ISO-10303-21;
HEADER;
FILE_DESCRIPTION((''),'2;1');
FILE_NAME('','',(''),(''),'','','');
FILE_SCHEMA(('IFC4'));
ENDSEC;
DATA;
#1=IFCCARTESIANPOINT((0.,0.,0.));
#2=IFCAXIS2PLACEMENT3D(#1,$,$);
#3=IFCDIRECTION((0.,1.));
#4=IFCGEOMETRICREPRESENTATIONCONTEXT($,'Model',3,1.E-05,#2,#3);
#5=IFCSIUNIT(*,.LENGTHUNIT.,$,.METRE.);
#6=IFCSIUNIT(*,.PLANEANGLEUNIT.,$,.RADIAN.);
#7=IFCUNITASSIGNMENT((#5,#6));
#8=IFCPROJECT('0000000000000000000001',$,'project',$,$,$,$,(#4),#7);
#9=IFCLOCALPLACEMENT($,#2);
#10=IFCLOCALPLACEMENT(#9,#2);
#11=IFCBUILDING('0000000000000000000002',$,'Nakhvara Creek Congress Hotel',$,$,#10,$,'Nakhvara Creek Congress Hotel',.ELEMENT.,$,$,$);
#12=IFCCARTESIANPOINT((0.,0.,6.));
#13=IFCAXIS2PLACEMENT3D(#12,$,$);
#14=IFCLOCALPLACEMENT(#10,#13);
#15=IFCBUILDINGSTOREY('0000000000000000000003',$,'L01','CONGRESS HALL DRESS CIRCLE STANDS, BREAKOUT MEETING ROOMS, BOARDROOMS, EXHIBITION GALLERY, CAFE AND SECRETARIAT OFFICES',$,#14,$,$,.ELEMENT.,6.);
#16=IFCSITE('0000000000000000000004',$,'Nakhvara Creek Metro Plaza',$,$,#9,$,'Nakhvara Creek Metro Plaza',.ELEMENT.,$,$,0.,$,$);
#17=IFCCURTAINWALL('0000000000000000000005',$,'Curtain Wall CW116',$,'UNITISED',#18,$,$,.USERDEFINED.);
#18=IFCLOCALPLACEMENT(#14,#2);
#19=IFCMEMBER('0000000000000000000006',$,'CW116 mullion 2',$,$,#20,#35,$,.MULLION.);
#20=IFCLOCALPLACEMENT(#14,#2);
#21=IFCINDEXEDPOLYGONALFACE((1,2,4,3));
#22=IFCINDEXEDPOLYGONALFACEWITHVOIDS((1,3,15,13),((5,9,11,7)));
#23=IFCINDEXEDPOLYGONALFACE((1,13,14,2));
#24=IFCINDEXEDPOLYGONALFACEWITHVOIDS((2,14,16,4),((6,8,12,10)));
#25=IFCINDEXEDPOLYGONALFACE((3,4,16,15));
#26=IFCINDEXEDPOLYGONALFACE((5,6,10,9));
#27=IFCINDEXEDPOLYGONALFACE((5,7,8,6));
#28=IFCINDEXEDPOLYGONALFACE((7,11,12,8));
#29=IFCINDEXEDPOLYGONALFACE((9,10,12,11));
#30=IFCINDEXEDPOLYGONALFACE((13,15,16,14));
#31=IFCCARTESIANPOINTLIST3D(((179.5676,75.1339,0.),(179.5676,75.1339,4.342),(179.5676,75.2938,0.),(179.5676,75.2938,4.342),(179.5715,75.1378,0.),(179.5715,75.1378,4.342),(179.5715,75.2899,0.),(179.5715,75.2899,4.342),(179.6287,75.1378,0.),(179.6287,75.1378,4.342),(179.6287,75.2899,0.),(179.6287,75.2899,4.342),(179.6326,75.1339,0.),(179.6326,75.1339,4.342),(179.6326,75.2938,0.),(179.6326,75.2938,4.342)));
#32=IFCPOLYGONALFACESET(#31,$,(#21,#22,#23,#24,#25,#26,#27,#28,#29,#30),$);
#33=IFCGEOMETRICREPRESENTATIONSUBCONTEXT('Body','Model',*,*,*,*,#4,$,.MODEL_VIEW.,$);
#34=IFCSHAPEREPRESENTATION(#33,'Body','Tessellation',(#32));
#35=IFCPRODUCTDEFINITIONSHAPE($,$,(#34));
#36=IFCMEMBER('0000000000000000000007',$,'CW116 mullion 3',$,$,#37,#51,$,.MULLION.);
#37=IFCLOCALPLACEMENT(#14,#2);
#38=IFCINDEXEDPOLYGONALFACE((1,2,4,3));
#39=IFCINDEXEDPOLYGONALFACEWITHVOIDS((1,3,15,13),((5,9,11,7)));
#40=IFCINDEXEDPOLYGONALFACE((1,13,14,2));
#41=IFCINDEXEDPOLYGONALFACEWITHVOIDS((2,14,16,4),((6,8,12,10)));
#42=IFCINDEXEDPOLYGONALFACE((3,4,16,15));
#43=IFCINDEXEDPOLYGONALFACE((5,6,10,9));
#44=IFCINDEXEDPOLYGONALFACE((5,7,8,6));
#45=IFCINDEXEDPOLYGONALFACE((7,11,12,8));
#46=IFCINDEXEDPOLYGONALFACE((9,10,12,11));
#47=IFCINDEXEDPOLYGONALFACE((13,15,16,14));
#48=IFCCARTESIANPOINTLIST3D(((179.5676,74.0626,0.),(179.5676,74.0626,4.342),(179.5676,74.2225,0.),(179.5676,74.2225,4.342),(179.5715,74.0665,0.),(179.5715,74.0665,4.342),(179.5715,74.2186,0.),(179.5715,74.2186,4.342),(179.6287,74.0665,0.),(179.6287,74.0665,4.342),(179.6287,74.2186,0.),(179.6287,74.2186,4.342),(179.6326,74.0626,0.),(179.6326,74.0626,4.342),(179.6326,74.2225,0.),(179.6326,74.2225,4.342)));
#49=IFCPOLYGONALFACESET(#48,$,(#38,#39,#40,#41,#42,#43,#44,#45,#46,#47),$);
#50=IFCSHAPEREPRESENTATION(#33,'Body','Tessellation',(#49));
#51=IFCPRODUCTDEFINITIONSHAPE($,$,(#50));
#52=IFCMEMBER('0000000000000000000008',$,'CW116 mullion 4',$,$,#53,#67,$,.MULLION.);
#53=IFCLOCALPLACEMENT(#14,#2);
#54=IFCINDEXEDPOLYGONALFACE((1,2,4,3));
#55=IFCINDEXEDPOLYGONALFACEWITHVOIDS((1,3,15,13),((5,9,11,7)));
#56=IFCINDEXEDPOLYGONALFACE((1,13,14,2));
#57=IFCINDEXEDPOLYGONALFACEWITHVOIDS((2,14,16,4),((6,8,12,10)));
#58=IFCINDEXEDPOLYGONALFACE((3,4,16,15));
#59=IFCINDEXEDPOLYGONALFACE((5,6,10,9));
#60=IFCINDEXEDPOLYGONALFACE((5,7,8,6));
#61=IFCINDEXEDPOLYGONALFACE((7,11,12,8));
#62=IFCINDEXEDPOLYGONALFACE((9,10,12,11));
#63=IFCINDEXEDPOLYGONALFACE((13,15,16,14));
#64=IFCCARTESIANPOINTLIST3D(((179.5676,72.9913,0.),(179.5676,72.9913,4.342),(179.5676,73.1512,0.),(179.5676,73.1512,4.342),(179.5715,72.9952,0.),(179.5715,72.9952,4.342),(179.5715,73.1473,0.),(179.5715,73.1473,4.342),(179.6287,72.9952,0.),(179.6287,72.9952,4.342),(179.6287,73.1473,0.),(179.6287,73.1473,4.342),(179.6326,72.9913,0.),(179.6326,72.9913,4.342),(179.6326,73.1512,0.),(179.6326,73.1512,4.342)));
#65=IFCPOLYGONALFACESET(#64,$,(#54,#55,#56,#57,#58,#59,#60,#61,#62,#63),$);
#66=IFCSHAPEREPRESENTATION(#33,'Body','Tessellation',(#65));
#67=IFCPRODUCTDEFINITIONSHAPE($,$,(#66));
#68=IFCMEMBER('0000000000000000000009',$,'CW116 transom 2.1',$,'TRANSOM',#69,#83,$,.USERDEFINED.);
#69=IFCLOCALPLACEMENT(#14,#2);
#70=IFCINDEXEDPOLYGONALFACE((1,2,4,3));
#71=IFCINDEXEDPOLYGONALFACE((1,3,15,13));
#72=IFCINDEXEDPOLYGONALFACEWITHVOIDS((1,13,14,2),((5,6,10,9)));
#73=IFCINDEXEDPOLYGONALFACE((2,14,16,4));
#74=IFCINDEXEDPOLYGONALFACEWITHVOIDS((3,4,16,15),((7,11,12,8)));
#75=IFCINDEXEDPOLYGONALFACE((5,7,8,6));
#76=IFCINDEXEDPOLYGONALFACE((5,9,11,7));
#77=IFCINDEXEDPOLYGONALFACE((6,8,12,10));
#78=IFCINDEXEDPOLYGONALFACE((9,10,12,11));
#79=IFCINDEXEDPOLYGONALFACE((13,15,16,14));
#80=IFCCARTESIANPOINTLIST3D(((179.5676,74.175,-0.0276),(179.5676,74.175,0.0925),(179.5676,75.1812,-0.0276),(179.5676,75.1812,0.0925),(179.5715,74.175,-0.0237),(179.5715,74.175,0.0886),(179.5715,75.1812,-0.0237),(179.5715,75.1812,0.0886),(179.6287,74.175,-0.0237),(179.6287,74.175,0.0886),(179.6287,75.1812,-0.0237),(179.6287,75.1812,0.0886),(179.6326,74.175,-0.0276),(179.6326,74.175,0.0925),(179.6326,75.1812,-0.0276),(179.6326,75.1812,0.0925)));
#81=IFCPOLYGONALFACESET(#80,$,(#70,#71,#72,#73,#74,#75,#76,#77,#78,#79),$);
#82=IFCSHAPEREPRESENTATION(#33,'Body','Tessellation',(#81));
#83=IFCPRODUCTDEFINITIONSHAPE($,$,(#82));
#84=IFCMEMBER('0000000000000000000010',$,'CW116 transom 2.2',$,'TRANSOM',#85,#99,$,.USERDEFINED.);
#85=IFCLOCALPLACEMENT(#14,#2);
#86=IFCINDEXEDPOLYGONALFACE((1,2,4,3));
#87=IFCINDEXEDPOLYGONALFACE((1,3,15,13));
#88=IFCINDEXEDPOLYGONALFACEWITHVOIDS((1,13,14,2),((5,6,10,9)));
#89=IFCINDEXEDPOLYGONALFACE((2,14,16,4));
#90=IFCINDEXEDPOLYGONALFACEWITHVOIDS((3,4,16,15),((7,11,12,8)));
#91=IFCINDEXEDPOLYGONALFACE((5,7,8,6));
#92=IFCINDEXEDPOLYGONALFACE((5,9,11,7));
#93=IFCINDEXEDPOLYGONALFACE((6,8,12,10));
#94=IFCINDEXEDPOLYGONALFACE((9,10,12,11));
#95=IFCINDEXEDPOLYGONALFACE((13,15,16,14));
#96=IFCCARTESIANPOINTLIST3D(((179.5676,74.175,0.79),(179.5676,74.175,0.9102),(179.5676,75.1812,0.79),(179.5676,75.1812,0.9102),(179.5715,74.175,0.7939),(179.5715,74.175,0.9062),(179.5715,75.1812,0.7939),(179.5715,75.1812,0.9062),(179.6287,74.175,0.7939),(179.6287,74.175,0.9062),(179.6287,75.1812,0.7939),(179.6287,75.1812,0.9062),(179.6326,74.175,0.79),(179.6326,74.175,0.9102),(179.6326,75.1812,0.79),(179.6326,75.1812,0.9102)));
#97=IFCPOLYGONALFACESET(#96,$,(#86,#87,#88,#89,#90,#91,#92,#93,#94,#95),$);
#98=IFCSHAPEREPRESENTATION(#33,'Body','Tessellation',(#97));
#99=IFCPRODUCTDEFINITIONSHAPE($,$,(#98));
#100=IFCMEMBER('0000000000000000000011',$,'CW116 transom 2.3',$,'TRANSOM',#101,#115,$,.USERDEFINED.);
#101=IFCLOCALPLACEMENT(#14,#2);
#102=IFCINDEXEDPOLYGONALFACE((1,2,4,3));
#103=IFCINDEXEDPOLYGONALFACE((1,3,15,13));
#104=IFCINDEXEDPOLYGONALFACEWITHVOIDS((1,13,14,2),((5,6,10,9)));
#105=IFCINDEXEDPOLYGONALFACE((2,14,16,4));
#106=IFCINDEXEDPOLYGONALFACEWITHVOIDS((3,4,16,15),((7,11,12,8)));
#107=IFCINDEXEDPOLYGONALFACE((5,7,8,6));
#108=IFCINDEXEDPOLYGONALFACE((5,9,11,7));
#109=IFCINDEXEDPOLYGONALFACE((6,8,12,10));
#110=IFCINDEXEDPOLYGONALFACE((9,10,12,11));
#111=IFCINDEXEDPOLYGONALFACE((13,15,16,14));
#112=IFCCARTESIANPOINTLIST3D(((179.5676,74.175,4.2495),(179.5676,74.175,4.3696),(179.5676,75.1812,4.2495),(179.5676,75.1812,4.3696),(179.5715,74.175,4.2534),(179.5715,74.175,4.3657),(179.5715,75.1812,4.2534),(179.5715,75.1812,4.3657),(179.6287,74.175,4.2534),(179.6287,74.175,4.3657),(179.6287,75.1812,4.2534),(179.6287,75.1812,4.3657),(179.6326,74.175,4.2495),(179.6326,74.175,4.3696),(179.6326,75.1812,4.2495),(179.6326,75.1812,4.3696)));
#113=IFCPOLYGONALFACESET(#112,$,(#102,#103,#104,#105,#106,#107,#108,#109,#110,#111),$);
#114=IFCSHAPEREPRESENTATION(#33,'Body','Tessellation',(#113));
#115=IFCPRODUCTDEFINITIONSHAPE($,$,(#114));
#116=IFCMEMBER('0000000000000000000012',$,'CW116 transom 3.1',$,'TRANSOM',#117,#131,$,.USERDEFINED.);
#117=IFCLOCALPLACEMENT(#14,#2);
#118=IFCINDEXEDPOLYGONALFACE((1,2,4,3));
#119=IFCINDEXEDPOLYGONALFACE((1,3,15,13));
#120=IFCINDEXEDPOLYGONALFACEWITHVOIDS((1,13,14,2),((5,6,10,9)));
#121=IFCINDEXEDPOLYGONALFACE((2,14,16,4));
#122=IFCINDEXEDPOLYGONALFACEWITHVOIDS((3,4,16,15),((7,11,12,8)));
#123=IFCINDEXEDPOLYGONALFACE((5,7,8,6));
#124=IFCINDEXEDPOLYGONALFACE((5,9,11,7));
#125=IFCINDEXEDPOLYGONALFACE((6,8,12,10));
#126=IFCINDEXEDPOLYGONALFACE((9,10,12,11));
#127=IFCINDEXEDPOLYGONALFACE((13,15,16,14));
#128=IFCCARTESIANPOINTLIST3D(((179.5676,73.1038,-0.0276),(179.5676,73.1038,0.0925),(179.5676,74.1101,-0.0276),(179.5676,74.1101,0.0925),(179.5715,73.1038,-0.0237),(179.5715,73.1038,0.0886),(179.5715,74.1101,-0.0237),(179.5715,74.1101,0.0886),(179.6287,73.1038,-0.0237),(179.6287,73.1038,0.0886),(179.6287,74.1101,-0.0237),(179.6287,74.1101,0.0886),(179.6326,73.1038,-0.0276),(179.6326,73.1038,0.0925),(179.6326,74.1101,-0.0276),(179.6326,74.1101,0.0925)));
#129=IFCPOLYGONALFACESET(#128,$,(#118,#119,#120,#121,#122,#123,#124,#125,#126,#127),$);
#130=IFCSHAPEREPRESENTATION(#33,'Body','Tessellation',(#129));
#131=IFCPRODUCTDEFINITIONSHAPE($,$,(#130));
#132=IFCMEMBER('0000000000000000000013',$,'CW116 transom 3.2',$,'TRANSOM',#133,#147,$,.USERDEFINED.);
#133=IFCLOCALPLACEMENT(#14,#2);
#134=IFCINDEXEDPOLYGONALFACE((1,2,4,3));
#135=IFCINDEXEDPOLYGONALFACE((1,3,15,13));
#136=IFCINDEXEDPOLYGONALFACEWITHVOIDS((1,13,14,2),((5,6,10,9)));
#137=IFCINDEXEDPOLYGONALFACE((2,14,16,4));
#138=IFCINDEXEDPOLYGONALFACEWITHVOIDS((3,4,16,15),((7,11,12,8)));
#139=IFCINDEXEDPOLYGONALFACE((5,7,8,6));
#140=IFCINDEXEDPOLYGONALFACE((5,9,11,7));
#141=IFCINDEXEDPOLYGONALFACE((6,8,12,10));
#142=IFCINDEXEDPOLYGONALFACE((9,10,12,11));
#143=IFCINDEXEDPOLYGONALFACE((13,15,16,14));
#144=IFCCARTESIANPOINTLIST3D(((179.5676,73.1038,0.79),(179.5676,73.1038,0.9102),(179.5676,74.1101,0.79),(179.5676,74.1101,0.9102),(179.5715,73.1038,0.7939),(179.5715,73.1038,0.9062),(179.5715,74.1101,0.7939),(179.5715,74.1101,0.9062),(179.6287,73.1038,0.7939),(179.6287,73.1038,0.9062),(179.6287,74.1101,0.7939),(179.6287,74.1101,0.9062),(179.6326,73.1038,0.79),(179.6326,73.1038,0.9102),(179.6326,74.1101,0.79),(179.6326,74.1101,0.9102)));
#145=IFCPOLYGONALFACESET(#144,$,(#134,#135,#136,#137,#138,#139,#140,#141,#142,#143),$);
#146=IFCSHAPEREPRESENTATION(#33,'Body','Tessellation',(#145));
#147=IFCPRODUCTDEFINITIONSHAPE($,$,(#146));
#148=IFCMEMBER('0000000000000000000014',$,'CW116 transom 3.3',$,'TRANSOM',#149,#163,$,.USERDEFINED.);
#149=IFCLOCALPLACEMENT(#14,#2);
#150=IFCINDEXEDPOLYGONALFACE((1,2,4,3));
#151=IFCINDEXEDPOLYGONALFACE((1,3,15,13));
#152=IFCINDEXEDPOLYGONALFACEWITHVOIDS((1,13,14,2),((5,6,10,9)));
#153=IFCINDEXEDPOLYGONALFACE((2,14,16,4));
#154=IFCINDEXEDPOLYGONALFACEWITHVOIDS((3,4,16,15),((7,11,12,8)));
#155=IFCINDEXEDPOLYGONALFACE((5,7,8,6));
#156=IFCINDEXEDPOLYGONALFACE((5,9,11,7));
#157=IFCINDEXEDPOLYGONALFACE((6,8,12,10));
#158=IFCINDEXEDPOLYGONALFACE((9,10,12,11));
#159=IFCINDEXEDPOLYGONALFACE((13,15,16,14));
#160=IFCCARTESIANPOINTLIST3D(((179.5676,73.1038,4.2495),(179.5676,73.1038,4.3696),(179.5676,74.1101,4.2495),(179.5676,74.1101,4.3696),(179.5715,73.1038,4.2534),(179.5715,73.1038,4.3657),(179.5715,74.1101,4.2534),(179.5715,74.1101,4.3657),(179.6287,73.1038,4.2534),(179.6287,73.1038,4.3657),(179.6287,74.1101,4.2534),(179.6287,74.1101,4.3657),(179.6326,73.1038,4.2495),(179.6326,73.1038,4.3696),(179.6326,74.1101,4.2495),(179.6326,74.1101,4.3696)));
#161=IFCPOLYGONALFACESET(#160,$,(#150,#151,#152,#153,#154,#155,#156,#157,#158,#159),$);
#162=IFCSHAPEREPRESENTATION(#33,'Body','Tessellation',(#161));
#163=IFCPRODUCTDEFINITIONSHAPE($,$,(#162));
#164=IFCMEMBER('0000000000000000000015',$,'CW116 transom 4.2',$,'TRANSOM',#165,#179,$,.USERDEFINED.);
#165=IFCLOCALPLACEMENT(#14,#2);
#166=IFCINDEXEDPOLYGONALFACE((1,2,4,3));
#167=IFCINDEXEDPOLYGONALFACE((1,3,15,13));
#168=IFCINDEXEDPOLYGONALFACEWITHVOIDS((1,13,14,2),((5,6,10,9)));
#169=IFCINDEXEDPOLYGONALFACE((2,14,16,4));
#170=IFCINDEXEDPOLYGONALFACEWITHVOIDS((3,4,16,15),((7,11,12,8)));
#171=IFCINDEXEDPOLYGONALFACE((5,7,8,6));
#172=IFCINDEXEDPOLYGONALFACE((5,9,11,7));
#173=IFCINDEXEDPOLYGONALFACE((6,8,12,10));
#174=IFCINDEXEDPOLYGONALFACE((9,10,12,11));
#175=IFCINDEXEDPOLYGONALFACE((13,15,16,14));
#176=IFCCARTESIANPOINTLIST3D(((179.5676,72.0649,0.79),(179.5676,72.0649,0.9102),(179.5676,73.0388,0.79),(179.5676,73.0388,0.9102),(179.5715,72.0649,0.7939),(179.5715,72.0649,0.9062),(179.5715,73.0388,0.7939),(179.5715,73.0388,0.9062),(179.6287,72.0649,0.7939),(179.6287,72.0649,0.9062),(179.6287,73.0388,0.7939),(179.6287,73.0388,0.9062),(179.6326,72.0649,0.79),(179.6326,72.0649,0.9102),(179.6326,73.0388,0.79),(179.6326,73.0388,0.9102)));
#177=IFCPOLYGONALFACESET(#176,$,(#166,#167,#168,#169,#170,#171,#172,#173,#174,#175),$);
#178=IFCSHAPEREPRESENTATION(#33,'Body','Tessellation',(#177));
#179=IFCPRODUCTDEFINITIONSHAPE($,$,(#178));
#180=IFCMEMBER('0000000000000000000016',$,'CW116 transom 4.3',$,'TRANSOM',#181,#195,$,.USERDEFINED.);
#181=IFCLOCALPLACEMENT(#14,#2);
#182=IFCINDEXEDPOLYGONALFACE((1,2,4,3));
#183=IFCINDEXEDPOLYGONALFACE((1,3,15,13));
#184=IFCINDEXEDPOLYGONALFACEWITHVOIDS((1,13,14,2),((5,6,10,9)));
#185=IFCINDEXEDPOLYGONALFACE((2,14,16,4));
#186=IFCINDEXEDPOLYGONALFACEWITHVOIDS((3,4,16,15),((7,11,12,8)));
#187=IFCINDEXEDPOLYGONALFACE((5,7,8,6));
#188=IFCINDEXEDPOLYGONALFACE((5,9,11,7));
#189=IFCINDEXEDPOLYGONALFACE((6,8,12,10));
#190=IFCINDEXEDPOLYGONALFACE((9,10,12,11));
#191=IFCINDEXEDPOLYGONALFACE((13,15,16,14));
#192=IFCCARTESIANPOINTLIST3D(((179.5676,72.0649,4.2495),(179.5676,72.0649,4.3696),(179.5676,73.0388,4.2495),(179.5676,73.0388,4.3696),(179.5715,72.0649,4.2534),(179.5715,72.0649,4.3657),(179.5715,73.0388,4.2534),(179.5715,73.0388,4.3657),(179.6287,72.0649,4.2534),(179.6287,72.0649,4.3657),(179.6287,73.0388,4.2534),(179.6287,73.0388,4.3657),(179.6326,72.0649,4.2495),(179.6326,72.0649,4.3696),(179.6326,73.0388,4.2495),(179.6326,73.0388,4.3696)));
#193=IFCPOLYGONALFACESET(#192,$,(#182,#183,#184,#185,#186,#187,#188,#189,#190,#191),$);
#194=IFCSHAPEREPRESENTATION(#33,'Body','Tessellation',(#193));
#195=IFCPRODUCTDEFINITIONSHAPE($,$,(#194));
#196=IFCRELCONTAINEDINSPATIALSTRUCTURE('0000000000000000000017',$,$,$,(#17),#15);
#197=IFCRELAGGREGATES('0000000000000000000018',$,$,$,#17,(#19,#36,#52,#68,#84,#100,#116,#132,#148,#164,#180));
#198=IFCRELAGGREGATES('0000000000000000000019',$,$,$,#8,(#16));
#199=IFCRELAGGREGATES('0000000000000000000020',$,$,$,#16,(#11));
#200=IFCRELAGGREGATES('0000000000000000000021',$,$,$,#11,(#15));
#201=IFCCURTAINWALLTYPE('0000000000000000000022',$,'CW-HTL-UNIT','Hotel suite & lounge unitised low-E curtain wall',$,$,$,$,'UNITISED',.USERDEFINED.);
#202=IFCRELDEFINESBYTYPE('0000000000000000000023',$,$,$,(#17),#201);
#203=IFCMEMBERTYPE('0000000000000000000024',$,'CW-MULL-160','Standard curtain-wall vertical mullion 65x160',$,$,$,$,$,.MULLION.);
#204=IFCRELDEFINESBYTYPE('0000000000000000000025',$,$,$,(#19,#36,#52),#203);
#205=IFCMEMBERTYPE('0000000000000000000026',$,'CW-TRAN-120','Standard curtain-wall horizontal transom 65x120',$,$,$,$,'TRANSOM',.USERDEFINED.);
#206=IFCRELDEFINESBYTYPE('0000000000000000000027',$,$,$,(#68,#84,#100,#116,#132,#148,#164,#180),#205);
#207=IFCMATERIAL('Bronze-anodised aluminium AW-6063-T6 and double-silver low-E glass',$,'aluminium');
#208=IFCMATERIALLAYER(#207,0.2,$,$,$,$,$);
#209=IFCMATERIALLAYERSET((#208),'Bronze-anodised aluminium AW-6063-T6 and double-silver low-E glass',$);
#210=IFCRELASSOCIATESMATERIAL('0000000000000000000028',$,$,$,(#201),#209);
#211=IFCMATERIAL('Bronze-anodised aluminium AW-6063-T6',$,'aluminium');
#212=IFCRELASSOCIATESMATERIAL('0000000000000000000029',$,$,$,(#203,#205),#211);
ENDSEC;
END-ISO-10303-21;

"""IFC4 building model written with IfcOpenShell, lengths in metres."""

from ifc_helpers import new_model, si_unit, direction, frame, origin, origin_2d, place, context, subcontext, project, spatial, hollow_rectangle, extrude, material, layer, layer_set, material_profile, profile_set, type_object, element, aggregate, save


model = new_model("IFC4")

# Units and contexts
model_context = context("Model", 3, precision=1e-05, world=origin(), true_north=direction((0.0, 1.0)))
body_context = subcontext(model_context, "Body", "Model", "MODEL_VIEW")
ifc_project = project(units=[si_unit("LENGTHUNIT", "METRE"), si_unit("PLANEANGLEUNIT", "RADIAN")], contexts=[model_context])

# Site, building, storey
site_placement = place(None, origin())
site = spatial("IfcSite", under=ifc_project, at=site_placement, Name="Nakhvara Creek Metro Plaza", LongName="Nakhvara Creek Metro Plaza", CompositionType="ELEMENT", RefElevation=0.0)
building_placement = place(site_placement, origin())
building = spatial("IfcBuilding", under=site, at=building_placement, Name="Nakhvara Creek Congress Hotel", LongName="Nakhvara Creek Congress Hotel", CompositionType="ELEMENT")
storey_placement = place(building_placement, frame((0.0, 0.0, 6.0)))
storey = spatial("IfcBuildingStorey", under=building, at=storey_placement, Name="L01", Description="CONGRESS HALL DRESS CIRCLE STANDS, BREAKOUT MEETING ROOMS, BOARDROOMS, EXHIBITION GALLERY, CAFE AND SECRETARIAT OFFICES", CompositionType="ELEMENT", Elevation=6.0)

# Curtain wall, members
ifc_material_1 = material(Name="Bronze-anodised aluminium AW-6063-T6 and double-silver low-E glass", Category="aluminium")
ifc_layer_1 = layer(ifc_material_1, 0.2)
ifc_layer_set_1 = layer_set([ifc_layer_1], Name="Bronze-anodised aluminium AW-6063-T6 and double-silver low-E glass")
curtain_wall_type = type_object("IfcCurtainWallType", Name="CW-HTL-UNIT", Description="Hotel suite & lounge unitised low-E curtain wall", ElementType="UNITISED", PredefinedType="USERDEFINED", material=ifc_layer_set_1)
curtain_wall_placement = place(storey_placement, origin())
curtain_wall = element("IfcCurtainWall", 1, at=curtain_wall_placement, inside=storey, type_object=curtain_wall_type, Name="Curtain Wall CW116", ObjectType="UNITISED", PredefinedType="USERDEFINED")
ifc_material_2 = material(Name="Bronze-anodised aluminium AW-6063-T6", Category="aluminium")
ifc_material_profile_1 = material_profile(ifc_material_2, hollow_rectangle(XDim=0.0649, YDim=0.1599, WallThickness=0.0039, at=origin_2d()), Name="ALU-MULL 65x160x4", Category="LoadBearing")
ifc_profile_set_1 = profile_set([ifc_material_profile_1], Name="Bronze-anodised aluminium AW-6063-T6")
member_type_1 = type_object("IfcMemberType", Name="CW-MULL-160", Description="Standard curtain-wall vertical mullion 65x160", PredefinedType="MULLION", material=ifc_profile_set_1)
member_1_placement = place(storey_placement, frame((179.6001, 75.2139, 0.0), z_axis=(0.0, 0.0, 1.0), x_axis=(1.0, 0.0, 0.0)))
member_1 = element("IfcMember", 2, at=member_1_placement, type_object=member_type_1, Name="CW116 mullion 2", PredefinedType="MULLION", context=body_context, shape_type="SweptSolid", body=[
    extrude(hollow_rectangle(XDim=0.0649, YDim=0.1599, WallThickness=0.0039, at=origin_2d()), origin(), (0.0, 0.0, 1.0), 4.342),
])
member_2_placement = place(storey_placement, frame((179.6001, 74.1426, 0.0), z_axis=(0.0, 0.0, 1.0), x_axis=(1.0, 0.0, 0.0)))
member_2 = element("IfcMember", 3, at=member_2_placement, type_object=member_type_1, Name="CW116 mullion 3", PredefinedType="MULLION", context=body_context, shape_type="SweptSolid", body=[
    extrude(hollow_rectangle(XDim=0.0649, YDim=0.1599, WallThickness=0.0039, at=origin_2d()), origin(), (0.0, 0.0, 1.0), 4.342),
])
member_3_placement = place(storey_placement, frame((179.6001, 73.0713, 0.0), z_axis=(0.0, 0.0, 1.0), x_axis=(1.0, 0.0, 0.0)))
member_3 = element("IfcMember", 4, at=member_3_placement, type_object=member_type_1, Name="CW116 mullion 4", PredefinedType="MULLION", context=body_context, shape_type="SweptSolid", body=[
    extrude(hollow_rectangle(XDim=0.0649, YDim=0.1599, WallThickness=0.0039, at=origin_2d()), origin(), (0.0, 0.0, 1.0), 4.342),
])
ifc_material_profile_2 = material_profile(ifc_material_2, hollow_rectangle(XDim=0.0649, YDim=0.1201, WallThickness=0.0039, at=origin_2d()), Name="ALU-TRAN 65x120x4", Category="LoadBearing")
ifc_profile_set_2 = profile_set([ifc_material_profile_2], Name="Bronze-anodised aluminium AW-6063-T6")
member_type_2 = type_object("IfcMemberType", Name="CW-TRAN-120", Description="Standard curtain-wall horizontal transom 65x120", ElementType="TRANSOM", PredefinedType="USERDEFINED", material=ifc_profile_set_2)
member_4_placement = place(storey_placement, frame((179.6001, 75.1812, 0.0325), z_axis=(0.0, -1.0, 0.0), x_axis=(1.0, 0.0, 0.0)))
member_4 = element("IfcMember", 5, at=member_4_placement, type_object=member_type_2, Name="CW116 transom 2.1", ObjectType="TRANSOM", PredefinedType="USERDEFINED", context=body_context, shape_type="SweptSolid", body=[
    extrude(hollow_rectangle(XDim=0.0649, YDim=0.1201, WallThickness=0.0039, at=origin_2d()), origin(), (0.0, 0.0, 1.0), 1.0061),
])
member_5_placement = place(storey_placement, frame((179.6001, 75.1812, 0.8501), z_axis=(0.0, -1.0, 0.0), x_axis=(1.0, 0.0, 0.0)))
member_5 = element("IfcMember", 6, at=member_5_placement, type_object=member_type_2, Name="CW116 transom 2.2", ObjectType="TRANSOM", PredefinedType="USERDEFINED", context=body_context, shape_type="SweptSolid", body=[
    extrude(hollow_rectangle(XDim=0.0649, YDim=0.1201, WallThickness=0.0039, at=origin_2d()), origin(), (0.0, 0.0, 1.0), 1.0061),
])
member_6_placement = place(storey_placement, frame((179.6001, 75.1812, 4.3096), z_axis=(0.0, -1.0, 0.0), x_axis=(1.0, 0.0, 0.0)))
member_6 = element("IfcMember", 7, at=member_6_placement, type_object=member_type_2, Name="CW116 transom 2.3", ObjectType="TRANSOM", PredefinedType="USERDEFINED", context=body_context, shape_type="SweptSolid", body=[
    extrude(hollow_rectangle(XDim=0.0649, YDim=0.1201, WallThickness=0.0039, at=origin_2d()), origin(), (0.0, 0.0, 1.0), 1.0061),
])
member_7_placement = place(storey_placement, frame((179.6001, 74.1101, 0.0325), z_axis=(0.0, -1.0, 0.0), x_axis=(1.0, 0.0, 0.0)))
member_7 = element("IfcMember", 8, at=member_7_placement, type_object=member_type_2, Name="CW116 transom 3.1", ObjectType="TRANSOM", PredefinedType="USERDEFINED", context=body_context, shape_type="SweptSolid", body=[
    extrude(hollow_rectangle(XDim=0.0649, YDim=0.1201, WallThickness=0.0039, at=origin_2d()), origin(), (0.0, 0.0, 1.0), 1.0063),
])
member_8_placement = place(storey_placement, frame((179.6001, 74.1101, 0.8501), z_axis=(0.0, -1.0, 0.0), x_axis=(1.0, 0.0, 0.0)))
member_8 = element("IfcMember", 9, at=member_8_placement, type_object=member_type_2, Name="CW116 transom 3.2", ObjectType="TRANSOM", PredefinedType="USERDEFINED", context=body_context, shape_type="SweptSolid", body=[
    extrude(hollow_rectangle(XDim=0.0649, YDim=0.1201, WallThickness=0.0039, at=origin_2d()), origin(), (0.0, 0.0, 1.0), 1.0063),
])
member_9_placement = place(storey_placement, frame((179.6001, 74.1101, 4.3096), z_axis=(0.0, -1.0, 0.0), x_axis=(1.0, 0.0, 0.0)))
member_9 = element("IfcMember", 10, at=member_9_placement, type_object=member_type_2, Name="CW116 transom 3.3", ObjectType="TRANSOM", PredefinedType="USERDEFINED", context=body_context, shape_type="SweptSolid", body=[
    extrude(hollow_rectangle(XDim=0.0649, YDim=0.1201, WallThickness=0.0039, at=origin_2d()), origin(), (0.0, 0.0, 1.0), 1.0063),
])
member_10_placement = place(storey_placement, frame((179.6001, 73.0388, 0.8501), z_axis=(0.0, -1.0, 0.0), x_axis=(1.0, 0.0, 0.0)))
member_10 = element("IfcMember", 11, at=member_10_placement, type_object=member_type_2, Name="CW116 transom 4.2", ObjectType="TRANSOM", PredefinedType="USERDEFINED", context=body_context, shape_type="SweptSolid", body=[
    extrude(hollow_rectangle(XDim=0.0649, YDim=0.1201, WallThickness=0.0039, at=origin_2d()), origin(), (0.0, 0.0, 1.0), 0.9739),
])
member_11_placement = place(storey_placement, frame((179.6001, 73.0388, 4.3096), z_axis=(0.0, -1.0, 0.0), x_axis=(1.0, 0.0, 0.0)))
member_11 = element("IfcMember", 12, at=member_11_placement, type_object=member_type_2, Name="CW116 transom 4.3", ObjectType="TRANSOM", PredefinedType="USERDEFINED", context=body_context, shape_type="SweptSolid", body=[
    extrude(hollow_rectangle(XDim=0.0649, YDim=0.1201, WallThickness=0.0039, at=origin_2d()), origin(), (0.0, 0.0, 1.0), 0.9739),
])
aggregate(curtain_wall, [member_1, member_2, member_3, member_4, member_5, member_6, member_7, member_8, member_9, member_10, member_11])

save(model, "model.ifc")
